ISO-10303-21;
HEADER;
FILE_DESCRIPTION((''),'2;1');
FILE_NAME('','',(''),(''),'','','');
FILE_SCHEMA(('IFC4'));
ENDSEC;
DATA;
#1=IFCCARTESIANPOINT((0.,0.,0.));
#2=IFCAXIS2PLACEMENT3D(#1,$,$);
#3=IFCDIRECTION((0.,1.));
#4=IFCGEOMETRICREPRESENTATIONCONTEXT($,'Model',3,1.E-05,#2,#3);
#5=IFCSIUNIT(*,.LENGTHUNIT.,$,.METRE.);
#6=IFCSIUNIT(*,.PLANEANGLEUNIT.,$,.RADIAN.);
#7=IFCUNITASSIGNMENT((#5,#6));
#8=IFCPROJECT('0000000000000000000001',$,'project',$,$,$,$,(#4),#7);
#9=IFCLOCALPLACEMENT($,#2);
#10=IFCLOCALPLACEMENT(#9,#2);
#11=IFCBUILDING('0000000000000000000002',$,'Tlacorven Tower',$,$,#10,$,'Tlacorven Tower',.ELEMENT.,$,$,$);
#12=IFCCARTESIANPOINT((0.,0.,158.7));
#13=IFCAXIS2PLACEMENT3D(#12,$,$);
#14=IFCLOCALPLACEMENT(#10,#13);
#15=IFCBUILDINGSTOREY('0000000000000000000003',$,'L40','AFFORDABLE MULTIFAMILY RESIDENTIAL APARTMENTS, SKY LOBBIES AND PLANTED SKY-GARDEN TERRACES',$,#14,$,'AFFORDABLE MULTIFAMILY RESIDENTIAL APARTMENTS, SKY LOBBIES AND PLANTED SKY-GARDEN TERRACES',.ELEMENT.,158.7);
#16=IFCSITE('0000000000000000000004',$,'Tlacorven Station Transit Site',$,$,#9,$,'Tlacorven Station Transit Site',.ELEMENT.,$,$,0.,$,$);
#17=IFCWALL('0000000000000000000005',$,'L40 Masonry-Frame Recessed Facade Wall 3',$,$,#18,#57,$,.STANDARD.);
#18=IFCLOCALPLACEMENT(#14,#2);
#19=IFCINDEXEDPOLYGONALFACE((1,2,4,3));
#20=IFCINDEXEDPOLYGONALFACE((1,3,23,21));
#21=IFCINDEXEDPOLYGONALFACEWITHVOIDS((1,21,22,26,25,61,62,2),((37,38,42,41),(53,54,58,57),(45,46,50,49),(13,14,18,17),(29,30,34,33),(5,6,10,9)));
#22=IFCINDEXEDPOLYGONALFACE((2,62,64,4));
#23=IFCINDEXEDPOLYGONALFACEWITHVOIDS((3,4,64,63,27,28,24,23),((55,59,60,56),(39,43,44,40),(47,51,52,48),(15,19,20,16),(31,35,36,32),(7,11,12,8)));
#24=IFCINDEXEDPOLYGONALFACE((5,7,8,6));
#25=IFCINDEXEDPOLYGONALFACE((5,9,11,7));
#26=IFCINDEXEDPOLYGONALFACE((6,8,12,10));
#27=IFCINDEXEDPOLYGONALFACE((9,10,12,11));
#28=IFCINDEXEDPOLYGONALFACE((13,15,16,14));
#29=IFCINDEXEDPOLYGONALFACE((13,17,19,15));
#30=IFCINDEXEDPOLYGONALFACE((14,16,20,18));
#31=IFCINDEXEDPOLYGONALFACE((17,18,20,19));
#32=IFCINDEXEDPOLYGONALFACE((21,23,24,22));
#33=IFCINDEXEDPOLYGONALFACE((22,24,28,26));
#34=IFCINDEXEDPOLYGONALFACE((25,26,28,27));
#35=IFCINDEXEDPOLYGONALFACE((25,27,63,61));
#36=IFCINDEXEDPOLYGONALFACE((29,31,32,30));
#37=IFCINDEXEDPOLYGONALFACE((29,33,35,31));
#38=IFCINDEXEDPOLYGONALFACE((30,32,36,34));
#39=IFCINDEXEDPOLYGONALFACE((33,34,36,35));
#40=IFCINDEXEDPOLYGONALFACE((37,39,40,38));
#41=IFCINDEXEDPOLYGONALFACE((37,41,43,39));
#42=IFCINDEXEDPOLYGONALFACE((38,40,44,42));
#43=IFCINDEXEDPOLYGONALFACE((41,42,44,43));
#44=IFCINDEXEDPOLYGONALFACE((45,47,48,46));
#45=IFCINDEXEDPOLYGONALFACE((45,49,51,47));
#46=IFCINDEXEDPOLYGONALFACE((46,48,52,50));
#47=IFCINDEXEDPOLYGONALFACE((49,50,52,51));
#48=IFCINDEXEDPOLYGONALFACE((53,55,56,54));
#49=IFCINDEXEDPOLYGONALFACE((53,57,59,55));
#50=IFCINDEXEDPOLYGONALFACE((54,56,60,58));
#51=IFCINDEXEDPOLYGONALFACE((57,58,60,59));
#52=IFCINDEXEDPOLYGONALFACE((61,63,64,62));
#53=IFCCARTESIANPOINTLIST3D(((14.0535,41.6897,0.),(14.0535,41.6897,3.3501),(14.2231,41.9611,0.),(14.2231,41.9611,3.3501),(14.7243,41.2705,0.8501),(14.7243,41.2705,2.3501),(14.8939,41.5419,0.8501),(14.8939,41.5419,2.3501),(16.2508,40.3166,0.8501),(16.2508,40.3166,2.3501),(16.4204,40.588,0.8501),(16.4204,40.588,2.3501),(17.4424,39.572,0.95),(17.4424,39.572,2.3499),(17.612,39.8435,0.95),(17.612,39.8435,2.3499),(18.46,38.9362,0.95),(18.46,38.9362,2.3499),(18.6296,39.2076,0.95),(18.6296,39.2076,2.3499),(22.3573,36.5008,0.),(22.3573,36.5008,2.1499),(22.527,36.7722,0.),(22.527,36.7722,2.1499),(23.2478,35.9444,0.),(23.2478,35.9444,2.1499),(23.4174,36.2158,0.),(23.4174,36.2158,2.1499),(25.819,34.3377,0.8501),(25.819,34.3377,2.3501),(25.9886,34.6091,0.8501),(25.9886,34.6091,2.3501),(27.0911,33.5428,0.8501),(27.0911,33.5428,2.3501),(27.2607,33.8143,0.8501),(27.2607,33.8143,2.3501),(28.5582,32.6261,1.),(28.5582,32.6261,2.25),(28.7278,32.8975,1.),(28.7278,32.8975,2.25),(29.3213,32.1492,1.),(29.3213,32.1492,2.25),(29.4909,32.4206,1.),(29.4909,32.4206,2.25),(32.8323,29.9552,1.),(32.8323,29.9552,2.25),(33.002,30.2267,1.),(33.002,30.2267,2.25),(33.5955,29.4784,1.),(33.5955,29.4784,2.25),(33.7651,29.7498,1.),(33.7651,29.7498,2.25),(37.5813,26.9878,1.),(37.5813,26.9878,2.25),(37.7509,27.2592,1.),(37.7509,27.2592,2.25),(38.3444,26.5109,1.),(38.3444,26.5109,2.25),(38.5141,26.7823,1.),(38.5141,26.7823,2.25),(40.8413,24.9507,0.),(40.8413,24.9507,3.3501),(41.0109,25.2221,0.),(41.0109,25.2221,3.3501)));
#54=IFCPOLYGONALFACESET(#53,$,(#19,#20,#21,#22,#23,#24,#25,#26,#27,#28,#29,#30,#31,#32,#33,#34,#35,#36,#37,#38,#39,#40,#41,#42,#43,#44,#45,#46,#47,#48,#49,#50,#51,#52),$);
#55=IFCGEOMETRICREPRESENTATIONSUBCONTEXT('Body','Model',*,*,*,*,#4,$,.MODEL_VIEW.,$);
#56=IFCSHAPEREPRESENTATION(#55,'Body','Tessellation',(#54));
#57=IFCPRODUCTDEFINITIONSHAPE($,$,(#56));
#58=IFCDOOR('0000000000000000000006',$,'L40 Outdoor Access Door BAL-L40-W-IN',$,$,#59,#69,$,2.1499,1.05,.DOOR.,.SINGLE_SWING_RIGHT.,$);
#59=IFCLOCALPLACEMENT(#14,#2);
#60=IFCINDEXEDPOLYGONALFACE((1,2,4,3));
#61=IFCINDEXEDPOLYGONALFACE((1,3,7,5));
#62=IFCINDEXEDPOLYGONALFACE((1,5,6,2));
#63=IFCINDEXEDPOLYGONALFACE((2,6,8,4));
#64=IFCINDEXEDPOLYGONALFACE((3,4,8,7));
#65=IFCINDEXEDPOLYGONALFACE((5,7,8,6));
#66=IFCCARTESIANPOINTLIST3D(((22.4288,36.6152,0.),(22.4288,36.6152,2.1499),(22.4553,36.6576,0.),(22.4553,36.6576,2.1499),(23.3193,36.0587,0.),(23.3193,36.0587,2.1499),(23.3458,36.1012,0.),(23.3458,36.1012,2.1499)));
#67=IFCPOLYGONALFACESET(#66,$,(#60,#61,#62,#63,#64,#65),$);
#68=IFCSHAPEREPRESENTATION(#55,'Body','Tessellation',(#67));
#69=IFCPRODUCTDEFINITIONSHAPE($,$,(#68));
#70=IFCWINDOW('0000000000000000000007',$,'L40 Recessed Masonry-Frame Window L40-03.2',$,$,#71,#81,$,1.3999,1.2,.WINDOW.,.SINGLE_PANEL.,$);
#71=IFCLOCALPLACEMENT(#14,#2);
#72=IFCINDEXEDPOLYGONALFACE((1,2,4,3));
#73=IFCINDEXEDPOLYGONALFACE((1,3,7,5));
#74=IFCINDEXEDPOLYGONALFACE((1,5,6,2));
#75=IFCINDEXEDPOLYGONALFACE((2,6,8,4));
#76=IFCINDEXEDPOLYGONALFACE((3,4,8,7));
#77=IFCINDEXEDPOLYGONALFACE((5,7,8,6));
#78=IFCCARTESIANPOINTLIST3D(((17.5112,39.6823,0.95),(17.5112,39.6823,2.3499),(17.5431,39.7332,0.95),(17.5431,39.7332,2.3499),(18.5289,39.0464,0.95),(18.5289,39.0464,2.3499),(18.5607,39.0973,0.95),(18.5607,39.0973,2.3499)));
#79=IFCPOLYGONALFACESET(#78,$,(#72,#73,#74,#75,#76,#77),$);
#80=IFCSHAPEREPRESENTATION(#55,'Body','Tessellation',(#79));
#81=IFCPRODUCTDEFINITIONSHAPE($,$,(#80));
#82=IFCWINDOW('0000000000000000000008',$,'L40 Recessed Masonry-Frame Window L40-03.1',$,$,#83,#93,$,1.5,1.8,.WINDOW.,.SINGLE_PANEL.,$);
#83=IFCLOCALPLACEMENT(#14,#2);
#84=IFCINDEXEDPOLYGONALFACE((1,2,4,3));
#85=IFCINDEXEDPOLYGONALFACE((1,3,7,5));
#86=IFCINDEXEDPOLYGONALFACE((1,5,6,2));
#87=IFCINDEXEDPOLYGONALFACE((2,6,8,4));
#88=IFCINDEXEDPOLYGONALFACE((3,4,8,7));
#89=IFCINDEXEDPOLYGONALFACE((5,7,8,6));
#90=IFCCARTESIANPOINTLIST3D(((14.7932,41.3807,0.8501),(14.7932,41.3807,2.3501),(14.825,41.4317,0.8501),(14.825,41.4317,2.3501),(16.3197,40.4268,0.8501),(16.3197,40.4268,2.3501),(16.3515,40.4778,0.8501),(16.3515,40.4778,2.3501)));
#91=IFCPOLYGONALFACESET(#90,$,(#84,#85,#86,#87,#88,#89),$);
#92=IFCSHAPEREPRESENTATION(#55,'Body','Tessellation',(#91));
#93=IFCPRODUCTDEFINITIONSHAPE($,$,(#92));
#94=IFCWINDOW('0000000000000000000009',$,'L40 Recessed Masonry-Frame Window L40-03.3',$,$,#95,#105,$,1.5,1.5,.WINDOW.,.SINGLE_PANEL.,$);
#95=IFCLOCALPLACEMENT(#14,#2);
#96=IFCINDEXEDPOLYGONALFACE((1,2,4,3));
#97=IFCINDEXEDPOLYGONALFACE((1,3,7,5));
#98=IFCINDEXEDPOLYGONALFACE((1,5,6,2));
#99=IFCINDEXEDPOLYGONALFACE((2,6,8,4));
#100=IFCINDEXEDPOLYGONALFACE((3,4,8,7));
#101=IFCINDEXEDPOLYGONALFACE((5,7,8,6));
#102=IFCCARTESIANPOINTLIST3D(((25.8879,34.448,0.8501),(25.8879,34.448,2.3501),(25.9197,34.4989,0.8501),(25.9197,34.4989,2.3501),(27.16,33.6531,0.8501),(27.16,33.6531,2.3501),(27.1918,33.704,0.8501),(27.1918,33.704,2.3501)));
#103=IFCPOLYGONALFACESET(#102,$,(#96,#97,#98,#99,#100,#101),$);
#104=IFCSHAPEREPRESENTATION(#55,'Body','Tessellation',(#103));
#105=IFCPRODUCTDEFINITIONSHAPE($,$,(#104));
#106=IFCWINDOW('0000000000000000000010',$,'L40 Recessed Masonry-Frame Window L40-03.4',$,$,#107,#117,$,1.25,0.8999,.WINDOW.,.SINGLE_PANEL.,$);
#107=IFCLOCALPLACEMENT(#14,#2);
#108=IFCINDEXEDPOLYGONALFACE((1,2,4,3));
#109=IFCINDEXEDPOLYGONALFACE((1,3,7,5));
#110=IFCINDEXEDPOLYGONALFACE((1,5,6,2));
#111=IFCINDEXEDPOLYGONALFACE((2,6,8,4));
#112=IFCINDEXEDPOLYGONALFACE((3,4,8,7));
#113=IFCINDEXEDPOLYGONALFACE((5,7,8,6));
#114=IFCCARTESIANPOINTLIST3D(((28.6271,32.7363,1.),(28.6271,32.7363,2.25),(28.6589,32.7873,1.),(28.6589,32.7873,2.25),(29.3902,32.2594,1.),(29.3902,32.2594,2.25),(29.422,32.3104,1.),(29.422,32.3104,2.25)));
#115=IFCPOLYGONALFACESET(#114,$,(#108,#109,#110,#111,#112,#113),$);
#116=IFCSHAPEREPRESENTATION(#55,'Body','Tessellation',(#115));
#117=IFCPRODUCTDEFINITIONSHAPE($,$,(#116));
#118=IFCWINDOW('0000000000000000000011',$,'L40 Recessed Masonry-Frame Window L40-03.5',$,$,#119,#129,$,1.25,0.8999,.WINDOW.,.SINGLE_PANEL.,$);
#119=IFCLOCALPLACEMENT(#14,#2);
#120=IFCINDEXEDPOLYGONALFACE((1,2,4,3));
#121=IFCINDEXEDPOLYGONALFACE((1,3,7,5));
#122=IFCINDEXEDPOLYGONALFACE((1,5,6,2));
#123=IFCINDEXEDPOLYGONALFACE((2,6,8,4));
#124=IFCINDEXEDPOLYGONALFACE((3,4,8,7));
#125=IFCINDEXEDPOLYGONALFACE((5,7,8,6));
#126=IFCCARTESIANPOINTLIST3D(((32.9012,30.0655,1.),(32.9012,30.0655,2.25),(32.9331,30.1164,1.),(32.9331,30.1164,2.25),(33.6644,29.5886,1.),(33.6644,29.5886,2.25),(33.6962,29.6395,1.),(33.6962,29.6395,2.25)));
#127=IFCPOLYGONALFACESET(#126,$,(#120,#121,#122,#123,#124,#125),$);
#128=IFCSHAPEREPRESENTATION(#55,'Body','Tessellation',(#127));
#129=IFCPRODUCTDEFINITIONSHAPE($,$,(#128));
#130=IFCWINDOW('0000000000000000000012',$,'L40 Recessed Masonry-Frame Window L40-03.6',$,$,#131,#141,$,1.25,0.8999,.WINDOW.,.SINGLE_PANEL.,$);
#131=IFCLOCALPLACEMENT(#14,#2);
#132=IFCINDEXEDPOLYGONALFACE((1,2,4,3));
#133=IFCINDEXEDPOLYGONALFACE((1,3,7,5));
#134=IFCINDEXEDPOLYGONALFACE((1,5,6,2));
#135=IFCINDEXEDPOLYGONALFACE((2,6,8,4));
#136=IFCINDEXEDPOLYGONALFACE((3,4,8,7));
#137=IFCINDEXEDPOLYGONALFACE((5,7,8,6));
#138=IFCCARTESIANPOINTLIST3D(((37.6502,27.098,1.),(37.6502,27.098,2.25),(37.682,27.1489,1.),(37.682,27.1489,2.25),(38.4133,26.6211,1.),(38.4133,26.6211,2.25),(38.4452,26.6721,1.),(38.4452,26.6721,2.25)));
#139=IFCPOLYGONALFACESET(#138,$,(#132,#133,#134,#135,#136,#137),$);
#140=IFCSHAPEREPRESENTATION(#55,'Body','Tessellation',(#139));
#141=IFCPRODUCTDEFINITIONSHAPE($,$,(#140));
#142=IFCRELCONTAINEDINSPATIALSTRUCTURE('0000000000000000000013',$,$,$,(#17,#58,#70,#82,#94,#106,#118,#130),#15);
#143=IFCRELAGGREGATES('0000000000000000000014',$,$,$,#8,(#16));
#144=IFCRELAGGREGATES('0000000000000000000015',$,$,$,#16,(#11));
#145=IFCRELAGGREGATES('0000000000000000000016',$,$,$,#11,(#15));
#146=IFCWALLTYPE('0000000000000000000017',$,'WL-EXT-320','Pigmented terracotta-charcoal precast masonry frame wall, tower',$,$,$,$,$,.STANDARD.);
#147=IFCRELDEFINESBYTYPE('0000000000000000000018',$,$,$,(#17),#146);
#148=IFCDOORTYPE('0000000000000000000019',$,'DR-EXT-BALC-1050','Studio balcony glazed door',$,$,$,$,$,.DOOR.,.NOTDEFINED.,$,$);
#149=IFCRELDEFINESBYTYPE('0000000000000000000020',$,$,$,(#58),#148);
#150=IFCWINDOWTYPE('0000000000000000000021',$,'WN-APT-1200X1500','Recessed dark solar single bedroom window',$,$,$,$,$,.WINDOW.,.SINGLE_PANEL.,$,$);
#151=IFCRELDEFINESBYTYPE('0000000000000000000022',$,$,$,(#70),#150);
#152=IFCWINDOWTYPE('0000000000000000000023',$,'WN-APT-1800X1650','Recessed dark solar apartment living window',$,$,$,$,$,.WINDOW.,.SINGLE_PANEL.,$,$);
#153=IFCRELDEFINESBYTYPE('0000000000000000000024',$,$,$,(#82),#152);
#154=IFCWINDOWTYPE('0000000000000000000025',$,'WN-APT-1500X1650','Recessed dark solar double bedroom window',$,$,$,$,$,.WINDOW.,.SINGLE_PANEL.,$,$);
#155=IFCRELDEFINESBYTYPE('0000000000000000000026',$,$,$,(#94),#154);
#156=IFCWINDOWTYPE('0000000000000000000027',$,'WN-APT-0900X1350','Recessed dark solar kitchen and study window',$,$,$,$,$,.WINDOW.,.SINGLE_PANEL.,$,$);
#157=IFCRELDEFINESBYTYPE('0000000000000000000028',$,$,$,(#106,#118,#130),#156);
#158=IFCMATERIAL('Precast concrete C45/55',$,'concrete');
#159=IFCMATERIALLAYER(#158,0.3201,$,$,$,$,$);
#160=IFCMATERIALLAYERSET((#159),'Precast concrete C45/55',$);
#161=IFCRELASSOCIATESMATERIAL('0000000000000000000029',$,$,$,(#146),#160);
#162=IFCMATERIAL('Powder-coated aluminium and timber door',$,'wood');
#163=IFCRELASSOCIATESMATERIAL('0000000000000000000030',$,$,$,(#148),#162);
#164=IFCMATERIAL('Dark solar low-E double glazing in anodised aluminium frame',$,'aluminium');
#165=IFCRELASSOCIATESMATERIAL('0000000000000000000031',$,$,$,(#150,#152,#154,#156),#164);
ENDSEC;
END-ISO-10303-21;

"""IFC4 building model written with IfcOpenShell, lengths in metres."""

from ifc_helpers import new_model, si_unit, direction, frame, frame_2d, origin, place, context, subcontext, project, spatial, rectangle, extrude, source, transform, mapped, material, layer, layer_set, type_object, element, fill, save


model = new_model("IFC4")

# Units and contexts
model_context = context("Model", 3, precision=1e-05, world=origin(), true_north=direction((0.0, 1.0)))
body_context = subcontext(model_context, "Body", "Model", "MODEL_VIEW")
ifc_project = project(units=[si_unit("LENGTHUNIT", "METRE"), si_unit("PLANEANGLEUNIT", "RADIAN")], contexts=[model_context])

# Site, building, storey
site_placement = place(None, origin())
site = spatial("IfcSite", under=ifc_project, at=site_placement, Name="Tlacorven Station Transit Site", LongName="Tlacorven Station Transit Site", CompositionType="ELEMENT", RefElevation=0.0)
building_placement = place(site_placement, origin())
building = spatial("IfcBuilding", under=site, at=building_placement, Name="Tlacorven Tower", LongName="Tlacorven Tower", CompositionType="ELEMENT")
storey_placement = place(building_placement, frame((0.0, 0.0, 158.7)))
storey = spatial("IfcBuildingStorey", under=building, at=storey_placement, Name="L40", Description="AFFORDABLE MULTIFAMILY RESIDENTIAL APARTMENTS, SKY LOBBIES AND PLANTED SKY-GARDEN TERRACES", LongName="AFFORDABLE MULTIFAMILY RESIDENTIAL APARTMENTS, SKY LOBBIES AND PLANTED SKY-GARDEN TERRACES", CompositionType="ELEMENT", Elevation=158.7)

# Wall, openings, door, windows
ifc_material_1 = material(Name="Precast concrete C45/55", Category="concrete")
ifc_layer_1 = layer(ifc_material_1, 0.3201)
ifc_layer_set_1 = layer_set([ifc_layer_1], Name="Precast concrete C45/55")
wall_type_1 = type_object("IfcWallType", Name="WL-EXT-320", Description="Pigmented terracotta-charcoal precast masonry frame wall, tower", PredefinedType="STANDARD", material=ifc_layer_set_1)
wall_1_placement = place(storey_placement, frame((14.1382, 41.8254, 0.0), z_axis=(0.0, 0.0, 1.0), x_axis=(0.848046, -0.529922, 0.0)))
wall_1 = element("IfcWall", 1, at=wall_1_placement, inside=storey, type_object=wall_type_1, Name="L40 Masonry-Frame Recessed Facade Wall 3", PredefinedType="STANDARD", context=body_context, shape_type="SweptSolid", body=[
    extrude(rectangle(XDim=31.5876, YDim=0.3201, at=frame_2d((15.7939, 0.0))), origin(), (0.0, 0.0, 1.0), 3.3501),
])
opening_1_placement = place(wall_1_placement, frame((9.792, 0.0, 0.0)))
opening_1 = element("IfcOpeningElement", 2, at=opening_1_placement, cuts=wall_1, PredefinedType="OPENING", context=body_context, shape_type="SweptSolid", body=[
    extrude(rectangle(XDim=1.05, YDim=2.1499, at=frame_2d((0.5249, 1.075))), frame((0.0, 0.1699, 0.0), z_axis=(0.0, -1.0, 0.0), x_axis=(1.0, 0.0, 0.0)), (0.0, 0.0, 1.0), 0.3401),
])
opening_2_placement = place(wall_1_placement, frame((0.7913, 0.0, 0.8501)))
opening_2 = element("IfcOpeningElement", 3, at=opening_2_placement, cuts=wall_1, PredefinedType="OPENING", context=body_context, shape_type="SweptSolid", body=[
    extrude(rectangle(XDim=1.8, YDim=1.5, at=frame_2d((0.8999, 0.75))), frame((0.0, 0.1699, 0.0), z_axis=(0.0, -1.0, 0.0), x_axis=(1.0, 0.0, 0.0)), (0.0, 0.0, 1.0), 0.3401),
])
opening_3_placement = place(wall_1_placement, frame((3.9961, 0.0, 0.95)))
opening_3 = element("IfcOpeningElement", 4, at=opening_3_placement, cuts=wall_1, PredefinedType="OPENING", context=body_context, shape_type="SweptSolid", body=[
    extrude(rectangle(XDim=1.2, YDim=1.3999, at=frame_2d((0.6001, 0.7))), frame((0.0, 0.1699, 0.0), z_axis=(0.0, -1.0, 0.0), x_axis=(1.0, 0.0, 0.0)), (0.0, 0.0, 1.0), 0.3401),
])
opening_4_placement = place(wall_1_placement, frame((13.8738, 0.0, 0.8501)))
opening_4 = element("IfcOpeningElement", 5, at=opening_4_placement, cuts=wall_1, PredefinedType="OPENING", context=body_context, shape_type="SweptSolid", body=[
    extrude(rectangle(XDim=1.5, YDim=1.5, at=frame_2d((0.75, 0.75))), frame((0.0, 0.1699, 0.0), z_axis=(0.0, -1.0, 0.0), x_axis=(1.0, 0.0, 0.0)), (0.0, 0.0, 1.0), 0.3401),
])
opening_5_placement = place(wall_1_placement, frame((17.1038, 0.0, 1.0)))
opening_5 = element("IfcOpeningElement", 6, at=opening_5_placement, cuts=wall_1, PredefinedType="OPENING", context=body_context, shape_type="SweptSolid", body=[
    extrude(rectangle(XDim=0.8999, YDim=1.25, at=frame_2d((0.45, 0.625))), frame((0.0, 0.1699, 0.0), z_axis=(0.0, -1.0, 0.0), x_axis=(1.0, 0.0, 0.0)), (0.0, 0.0, 1.0), 0.3401),
])
opening_6_placement = place(wall_1_placement, frame((22.1438, 0.0, 1.0)))
opening_6 = element("IfcOpeningElement", 7, at=opening_6_placement, cuts=wall_1, PredefinedType="OPENING", context=body_context, shape_type="SweptSolid", body=[
    extrude(rectangle(XDim=0.8999, YDim=1.25, at=frame_2d((0.45, 0.625))), frame((0.0, 0.1699, 0.0), z_axis=(0.0, -1.0, 0.0), x_axis=(1.0, 0.0, 0.0)), (0.0, 0.0, 1.0), 0.3401),
])
opening_7_placement = place(wall_1_placement, frame((27.7437, 0.0, 1.0)))
opening_7 = element("IfcOpeningElement", 8, at=opening_7_placement, cuts=wall_1, PredefinedType="OPENING", context=body_context, shape_type="SweptSolid", body=[
    extrude(rectangle(XDim=0.8999, YDim=1.25, at=frame_2d((0.45, 0.625))), frame((0.0, 0.1699, 0.0), z_axis=(0.0, -1.0, 0.0), x_axis=(1.0, 0.0, 0.0)), (0.0, 0.0, 1.0), 0.3401),
])
ifc_material_2 = material(Name="Powder-coated aluminium and timber door", Category="wood")
door_type_1 = type_object("IfcDoorType", Name="DR-EXT-BALC-1050", Description="Studio balcony glazed door", OperationType="NOTDEFINED", PredefinedType="DOOR", material=ifc_material_2)
shared_shape_1 = source(origin(), body_context, "Body", "SweptSolid", [
    extrude(rectangle(XDim=1.05, YDim=2.1499, at=frame_2d((0.5249, 1.075))), frame((0.0, 0.0249, 0.0), z_axis=(0.0, -1.0, 0.0), x_axis=(1.0, 0.0, 0.0)), (0.0, 0.0, 1.0), 0.05),
])
door_1_placement = place(opening_1_placement, origin())
door_1 = element("IfcDoor", 9, at=door_1_placement, inside=storey, type_object=door_type_1, Name="L40 Outdoor Access Door BAL-L40-W-IN", OperationType="SINGLE_SWING_RIGHT", OverallHeight=2.1499, OverallWidth=1.05, PredefinedType="DOOR", context=body_context, shape_type="MappedRepresentation", body=[
    mapped(shared_shape_1, transform((0.0, 0.0, 0.0), scale=1.0)),
])
fill(opening_1, door_1)
ifc_material_3 = material(Name="Dark solar low-E double glazing in anodised aluminium frame", Category="aluminium")
window_type_1 = type_object("IfcWindowType", Name="WN-APT-1200X1500", Description="Recessed dark solar single bedroom window", PartitioningType="SINGLE_PANEL", PredefinedType="WINDOW", material=ifc_material_3)
shared_shape_2 = source(origin(), body_context, "Body", "SweptSolid", [
    extrude(rectangle(XDim=1.2, YDim=1.3999, at=frame_2d((0.6001, 0.7))), frame((0.0, 0.03, 0.0), z_axis=(0.0, -1.0, 0.0), x_axis=(1.0, 0.0, 0.0)), (0.0, 0.0, 1.0), 0.0601),
])
window_1_placement = place(opening_3_placement, origin())
window_1 = element("IfcWindow", 10, at=window_1_placement, inside=storey, type_object=window_type_1, Name="L40 Recessed Masonry-Frame Window L40-03.2", OverallHeight=1.3999, OverallWidth=1.2, PartitioningType="SINGLE_PANEL", PredefinedType="WINDOW", context=body_context, shape_type="MappedRepresentation", body=[
    mapped(shared_shape_2, transform((0.0, 0.0, 0.0), scale=1.0)),
])
fill(opening_3, window_1)
window_type_2 = type_object("IfcWindowType", Name="WN-APT-1800X1650", Description="Recessed dark solar apartment living window", PartitioningType="SINGLE_PANEL", PredefinedType="WINDOW", material=ifc_material_3)
shared_shape_3 = source(origin(), body_context, "Body", "SweptSolid", [
    extrude(rectangle(XDim=1.8, YDim=1.5, at=frame_2d((0.8999, 0.75))), frame((0.0, 0.03, 0.0), z_axis=(0.0, -1.0, 0.0), x_axis=(1.0, 0.0, 0.0)), (0.0, 0.0, 1.0), 0.0601),
])
window_2_placement = place(opening_2_placement, origin())
window_2 = element("IfcWindow", 11, at=window_2_placement, inside=storey, type_object=window_type_2, Name="L40 Recessed Masonry-Frame Window L40-03.1", OverallHeight=1.5, OverallWidth=1.8, PartitioningType="SINGLE_PANEL", PredefinedType="WINDOW", context=body_context, shape_type="MappedRepresentation", body=[
    mapped(shared_shape_3, transform((0.0, 0.0, 0.0), scale=1.0)),
])
fill(opening_2, window_2)
window_type_3 = type_object("IfcWindowType", Name="WN-APT-1500X1650", Description="Recessed dark solar double bedroom window", PartitioningType="SINGLE_PANEL", PredefinedType="WINDOW", material=ifc_material_3)
shared_shape_4 = source(origin(), body_context, "Body", "SweptSolid", [
    extrude(rectangle(XDim=1.5, YDim=1.5, at=frame_2d((0.75, 0.75))), frame((0.0, 0.03, 0.0), z_axis=(0.0, -1.0, 0.0), x_axis=(1.0, 0.0, 0.0)), (0.0, 0.0, 1.0), 0.0601),
])
window_3_placement = place(opening_4_placement, origin())
window_3 = element("IfcWindow", 12, at=window_3_placement, inside=storey, type_object=window_type_3, Name="L40 Recessed Masonry-Frame Window L40-03.3", OverallHeight=1.5, OverallWidth=1.5, PartitioningType="SINGLE_PANEL", PredefinedType="WINDOW", context=body_context, shape_type="MappedRepresentation", body=[
    mapped(shared_shape_4, transform((0.0, 0.0, 0.0), scale=1.0)),
])
fill(opening_4, window_3)
window_type_4 = type_object("IfcWindowType", Name="WN-APT-0900X1350", Description="Recessed dark solar kitchen and study window", PartitioningType="SINGLE_PANEL", PredefinedType="WINDOW", material=ifc_material_3)
shared_shape_5 = source(origin(), body_context, "Body", "SweptSolid", [
    extrude(rectangle(XDim=0.8999, YDim=1.25, at=frame_2d((0.45, 0.625))), frame((0.0, 0.03, 0.0), z_axis=(0.0, -1.0, 0.0), x_axis=(1.0, 0.0, 0.0)), (0.0, 0.0, 1.0), 0.0601),
])
window_4_placement = place(opening_5_placement, origin())
window_4 = element("IfcWindow", 13, at=window_4_placement, inside=storey, type_object=window_type_4, Name="L40 Recessed Masonry-Frame Window L40-03.4", OverallHeight=1.25, OverallWidth=0.8999, PartitioningType="SINGLE_PANEL", PredefinedType="WINDOW", context=body_context, shape_type="MappedRepresentation", body=[
    mapped(shared_shape_5, transform((0.0, 0.0, 0.0), scale=1.0)),
])
fill(opening_5, window_4)
window_5_placement = place(opening_6_placement, origin())
window_5 = element("IfcWindow", 14, at=window_5_placement, inside=storey, type_object=window_type_4, Name="L40 Recessed Masonry-Frame Window L40-03.5", OverallHeight=1.25, OverallWidth=0.8999, PartitioningType="SINGLE_PANEL", PredefinedType="WINDOW", context=body_context, shape_type="MappedRepresentation", body=[
    mapped(shared_shape_5, transform((0.0, 0.0, 0.0), scale=1.0)),
])
fill(opening_6, window_5)
window_6_placement = place(opening_7_placement, origin())
window_6 = element("IfcWindow", 15, at=window_6_placement, inside=storey, type_object=window_type_4, Name="L40 Recessed Masonry-Frame Window L40-03.6", OverallHeight=1.25, OverallWidth=0.8999, PartitioningType="SINGLE_PANEL", PredefinedType="WINDOW", context=body_context, shape_type="MappedRepresentation", body=[
    mapped(shared_shape_5, transform((0.0, 0.0, 0.0), scale=1.0)),
])
fill(opening_7, window_6)

save(model, "model.ifc")
